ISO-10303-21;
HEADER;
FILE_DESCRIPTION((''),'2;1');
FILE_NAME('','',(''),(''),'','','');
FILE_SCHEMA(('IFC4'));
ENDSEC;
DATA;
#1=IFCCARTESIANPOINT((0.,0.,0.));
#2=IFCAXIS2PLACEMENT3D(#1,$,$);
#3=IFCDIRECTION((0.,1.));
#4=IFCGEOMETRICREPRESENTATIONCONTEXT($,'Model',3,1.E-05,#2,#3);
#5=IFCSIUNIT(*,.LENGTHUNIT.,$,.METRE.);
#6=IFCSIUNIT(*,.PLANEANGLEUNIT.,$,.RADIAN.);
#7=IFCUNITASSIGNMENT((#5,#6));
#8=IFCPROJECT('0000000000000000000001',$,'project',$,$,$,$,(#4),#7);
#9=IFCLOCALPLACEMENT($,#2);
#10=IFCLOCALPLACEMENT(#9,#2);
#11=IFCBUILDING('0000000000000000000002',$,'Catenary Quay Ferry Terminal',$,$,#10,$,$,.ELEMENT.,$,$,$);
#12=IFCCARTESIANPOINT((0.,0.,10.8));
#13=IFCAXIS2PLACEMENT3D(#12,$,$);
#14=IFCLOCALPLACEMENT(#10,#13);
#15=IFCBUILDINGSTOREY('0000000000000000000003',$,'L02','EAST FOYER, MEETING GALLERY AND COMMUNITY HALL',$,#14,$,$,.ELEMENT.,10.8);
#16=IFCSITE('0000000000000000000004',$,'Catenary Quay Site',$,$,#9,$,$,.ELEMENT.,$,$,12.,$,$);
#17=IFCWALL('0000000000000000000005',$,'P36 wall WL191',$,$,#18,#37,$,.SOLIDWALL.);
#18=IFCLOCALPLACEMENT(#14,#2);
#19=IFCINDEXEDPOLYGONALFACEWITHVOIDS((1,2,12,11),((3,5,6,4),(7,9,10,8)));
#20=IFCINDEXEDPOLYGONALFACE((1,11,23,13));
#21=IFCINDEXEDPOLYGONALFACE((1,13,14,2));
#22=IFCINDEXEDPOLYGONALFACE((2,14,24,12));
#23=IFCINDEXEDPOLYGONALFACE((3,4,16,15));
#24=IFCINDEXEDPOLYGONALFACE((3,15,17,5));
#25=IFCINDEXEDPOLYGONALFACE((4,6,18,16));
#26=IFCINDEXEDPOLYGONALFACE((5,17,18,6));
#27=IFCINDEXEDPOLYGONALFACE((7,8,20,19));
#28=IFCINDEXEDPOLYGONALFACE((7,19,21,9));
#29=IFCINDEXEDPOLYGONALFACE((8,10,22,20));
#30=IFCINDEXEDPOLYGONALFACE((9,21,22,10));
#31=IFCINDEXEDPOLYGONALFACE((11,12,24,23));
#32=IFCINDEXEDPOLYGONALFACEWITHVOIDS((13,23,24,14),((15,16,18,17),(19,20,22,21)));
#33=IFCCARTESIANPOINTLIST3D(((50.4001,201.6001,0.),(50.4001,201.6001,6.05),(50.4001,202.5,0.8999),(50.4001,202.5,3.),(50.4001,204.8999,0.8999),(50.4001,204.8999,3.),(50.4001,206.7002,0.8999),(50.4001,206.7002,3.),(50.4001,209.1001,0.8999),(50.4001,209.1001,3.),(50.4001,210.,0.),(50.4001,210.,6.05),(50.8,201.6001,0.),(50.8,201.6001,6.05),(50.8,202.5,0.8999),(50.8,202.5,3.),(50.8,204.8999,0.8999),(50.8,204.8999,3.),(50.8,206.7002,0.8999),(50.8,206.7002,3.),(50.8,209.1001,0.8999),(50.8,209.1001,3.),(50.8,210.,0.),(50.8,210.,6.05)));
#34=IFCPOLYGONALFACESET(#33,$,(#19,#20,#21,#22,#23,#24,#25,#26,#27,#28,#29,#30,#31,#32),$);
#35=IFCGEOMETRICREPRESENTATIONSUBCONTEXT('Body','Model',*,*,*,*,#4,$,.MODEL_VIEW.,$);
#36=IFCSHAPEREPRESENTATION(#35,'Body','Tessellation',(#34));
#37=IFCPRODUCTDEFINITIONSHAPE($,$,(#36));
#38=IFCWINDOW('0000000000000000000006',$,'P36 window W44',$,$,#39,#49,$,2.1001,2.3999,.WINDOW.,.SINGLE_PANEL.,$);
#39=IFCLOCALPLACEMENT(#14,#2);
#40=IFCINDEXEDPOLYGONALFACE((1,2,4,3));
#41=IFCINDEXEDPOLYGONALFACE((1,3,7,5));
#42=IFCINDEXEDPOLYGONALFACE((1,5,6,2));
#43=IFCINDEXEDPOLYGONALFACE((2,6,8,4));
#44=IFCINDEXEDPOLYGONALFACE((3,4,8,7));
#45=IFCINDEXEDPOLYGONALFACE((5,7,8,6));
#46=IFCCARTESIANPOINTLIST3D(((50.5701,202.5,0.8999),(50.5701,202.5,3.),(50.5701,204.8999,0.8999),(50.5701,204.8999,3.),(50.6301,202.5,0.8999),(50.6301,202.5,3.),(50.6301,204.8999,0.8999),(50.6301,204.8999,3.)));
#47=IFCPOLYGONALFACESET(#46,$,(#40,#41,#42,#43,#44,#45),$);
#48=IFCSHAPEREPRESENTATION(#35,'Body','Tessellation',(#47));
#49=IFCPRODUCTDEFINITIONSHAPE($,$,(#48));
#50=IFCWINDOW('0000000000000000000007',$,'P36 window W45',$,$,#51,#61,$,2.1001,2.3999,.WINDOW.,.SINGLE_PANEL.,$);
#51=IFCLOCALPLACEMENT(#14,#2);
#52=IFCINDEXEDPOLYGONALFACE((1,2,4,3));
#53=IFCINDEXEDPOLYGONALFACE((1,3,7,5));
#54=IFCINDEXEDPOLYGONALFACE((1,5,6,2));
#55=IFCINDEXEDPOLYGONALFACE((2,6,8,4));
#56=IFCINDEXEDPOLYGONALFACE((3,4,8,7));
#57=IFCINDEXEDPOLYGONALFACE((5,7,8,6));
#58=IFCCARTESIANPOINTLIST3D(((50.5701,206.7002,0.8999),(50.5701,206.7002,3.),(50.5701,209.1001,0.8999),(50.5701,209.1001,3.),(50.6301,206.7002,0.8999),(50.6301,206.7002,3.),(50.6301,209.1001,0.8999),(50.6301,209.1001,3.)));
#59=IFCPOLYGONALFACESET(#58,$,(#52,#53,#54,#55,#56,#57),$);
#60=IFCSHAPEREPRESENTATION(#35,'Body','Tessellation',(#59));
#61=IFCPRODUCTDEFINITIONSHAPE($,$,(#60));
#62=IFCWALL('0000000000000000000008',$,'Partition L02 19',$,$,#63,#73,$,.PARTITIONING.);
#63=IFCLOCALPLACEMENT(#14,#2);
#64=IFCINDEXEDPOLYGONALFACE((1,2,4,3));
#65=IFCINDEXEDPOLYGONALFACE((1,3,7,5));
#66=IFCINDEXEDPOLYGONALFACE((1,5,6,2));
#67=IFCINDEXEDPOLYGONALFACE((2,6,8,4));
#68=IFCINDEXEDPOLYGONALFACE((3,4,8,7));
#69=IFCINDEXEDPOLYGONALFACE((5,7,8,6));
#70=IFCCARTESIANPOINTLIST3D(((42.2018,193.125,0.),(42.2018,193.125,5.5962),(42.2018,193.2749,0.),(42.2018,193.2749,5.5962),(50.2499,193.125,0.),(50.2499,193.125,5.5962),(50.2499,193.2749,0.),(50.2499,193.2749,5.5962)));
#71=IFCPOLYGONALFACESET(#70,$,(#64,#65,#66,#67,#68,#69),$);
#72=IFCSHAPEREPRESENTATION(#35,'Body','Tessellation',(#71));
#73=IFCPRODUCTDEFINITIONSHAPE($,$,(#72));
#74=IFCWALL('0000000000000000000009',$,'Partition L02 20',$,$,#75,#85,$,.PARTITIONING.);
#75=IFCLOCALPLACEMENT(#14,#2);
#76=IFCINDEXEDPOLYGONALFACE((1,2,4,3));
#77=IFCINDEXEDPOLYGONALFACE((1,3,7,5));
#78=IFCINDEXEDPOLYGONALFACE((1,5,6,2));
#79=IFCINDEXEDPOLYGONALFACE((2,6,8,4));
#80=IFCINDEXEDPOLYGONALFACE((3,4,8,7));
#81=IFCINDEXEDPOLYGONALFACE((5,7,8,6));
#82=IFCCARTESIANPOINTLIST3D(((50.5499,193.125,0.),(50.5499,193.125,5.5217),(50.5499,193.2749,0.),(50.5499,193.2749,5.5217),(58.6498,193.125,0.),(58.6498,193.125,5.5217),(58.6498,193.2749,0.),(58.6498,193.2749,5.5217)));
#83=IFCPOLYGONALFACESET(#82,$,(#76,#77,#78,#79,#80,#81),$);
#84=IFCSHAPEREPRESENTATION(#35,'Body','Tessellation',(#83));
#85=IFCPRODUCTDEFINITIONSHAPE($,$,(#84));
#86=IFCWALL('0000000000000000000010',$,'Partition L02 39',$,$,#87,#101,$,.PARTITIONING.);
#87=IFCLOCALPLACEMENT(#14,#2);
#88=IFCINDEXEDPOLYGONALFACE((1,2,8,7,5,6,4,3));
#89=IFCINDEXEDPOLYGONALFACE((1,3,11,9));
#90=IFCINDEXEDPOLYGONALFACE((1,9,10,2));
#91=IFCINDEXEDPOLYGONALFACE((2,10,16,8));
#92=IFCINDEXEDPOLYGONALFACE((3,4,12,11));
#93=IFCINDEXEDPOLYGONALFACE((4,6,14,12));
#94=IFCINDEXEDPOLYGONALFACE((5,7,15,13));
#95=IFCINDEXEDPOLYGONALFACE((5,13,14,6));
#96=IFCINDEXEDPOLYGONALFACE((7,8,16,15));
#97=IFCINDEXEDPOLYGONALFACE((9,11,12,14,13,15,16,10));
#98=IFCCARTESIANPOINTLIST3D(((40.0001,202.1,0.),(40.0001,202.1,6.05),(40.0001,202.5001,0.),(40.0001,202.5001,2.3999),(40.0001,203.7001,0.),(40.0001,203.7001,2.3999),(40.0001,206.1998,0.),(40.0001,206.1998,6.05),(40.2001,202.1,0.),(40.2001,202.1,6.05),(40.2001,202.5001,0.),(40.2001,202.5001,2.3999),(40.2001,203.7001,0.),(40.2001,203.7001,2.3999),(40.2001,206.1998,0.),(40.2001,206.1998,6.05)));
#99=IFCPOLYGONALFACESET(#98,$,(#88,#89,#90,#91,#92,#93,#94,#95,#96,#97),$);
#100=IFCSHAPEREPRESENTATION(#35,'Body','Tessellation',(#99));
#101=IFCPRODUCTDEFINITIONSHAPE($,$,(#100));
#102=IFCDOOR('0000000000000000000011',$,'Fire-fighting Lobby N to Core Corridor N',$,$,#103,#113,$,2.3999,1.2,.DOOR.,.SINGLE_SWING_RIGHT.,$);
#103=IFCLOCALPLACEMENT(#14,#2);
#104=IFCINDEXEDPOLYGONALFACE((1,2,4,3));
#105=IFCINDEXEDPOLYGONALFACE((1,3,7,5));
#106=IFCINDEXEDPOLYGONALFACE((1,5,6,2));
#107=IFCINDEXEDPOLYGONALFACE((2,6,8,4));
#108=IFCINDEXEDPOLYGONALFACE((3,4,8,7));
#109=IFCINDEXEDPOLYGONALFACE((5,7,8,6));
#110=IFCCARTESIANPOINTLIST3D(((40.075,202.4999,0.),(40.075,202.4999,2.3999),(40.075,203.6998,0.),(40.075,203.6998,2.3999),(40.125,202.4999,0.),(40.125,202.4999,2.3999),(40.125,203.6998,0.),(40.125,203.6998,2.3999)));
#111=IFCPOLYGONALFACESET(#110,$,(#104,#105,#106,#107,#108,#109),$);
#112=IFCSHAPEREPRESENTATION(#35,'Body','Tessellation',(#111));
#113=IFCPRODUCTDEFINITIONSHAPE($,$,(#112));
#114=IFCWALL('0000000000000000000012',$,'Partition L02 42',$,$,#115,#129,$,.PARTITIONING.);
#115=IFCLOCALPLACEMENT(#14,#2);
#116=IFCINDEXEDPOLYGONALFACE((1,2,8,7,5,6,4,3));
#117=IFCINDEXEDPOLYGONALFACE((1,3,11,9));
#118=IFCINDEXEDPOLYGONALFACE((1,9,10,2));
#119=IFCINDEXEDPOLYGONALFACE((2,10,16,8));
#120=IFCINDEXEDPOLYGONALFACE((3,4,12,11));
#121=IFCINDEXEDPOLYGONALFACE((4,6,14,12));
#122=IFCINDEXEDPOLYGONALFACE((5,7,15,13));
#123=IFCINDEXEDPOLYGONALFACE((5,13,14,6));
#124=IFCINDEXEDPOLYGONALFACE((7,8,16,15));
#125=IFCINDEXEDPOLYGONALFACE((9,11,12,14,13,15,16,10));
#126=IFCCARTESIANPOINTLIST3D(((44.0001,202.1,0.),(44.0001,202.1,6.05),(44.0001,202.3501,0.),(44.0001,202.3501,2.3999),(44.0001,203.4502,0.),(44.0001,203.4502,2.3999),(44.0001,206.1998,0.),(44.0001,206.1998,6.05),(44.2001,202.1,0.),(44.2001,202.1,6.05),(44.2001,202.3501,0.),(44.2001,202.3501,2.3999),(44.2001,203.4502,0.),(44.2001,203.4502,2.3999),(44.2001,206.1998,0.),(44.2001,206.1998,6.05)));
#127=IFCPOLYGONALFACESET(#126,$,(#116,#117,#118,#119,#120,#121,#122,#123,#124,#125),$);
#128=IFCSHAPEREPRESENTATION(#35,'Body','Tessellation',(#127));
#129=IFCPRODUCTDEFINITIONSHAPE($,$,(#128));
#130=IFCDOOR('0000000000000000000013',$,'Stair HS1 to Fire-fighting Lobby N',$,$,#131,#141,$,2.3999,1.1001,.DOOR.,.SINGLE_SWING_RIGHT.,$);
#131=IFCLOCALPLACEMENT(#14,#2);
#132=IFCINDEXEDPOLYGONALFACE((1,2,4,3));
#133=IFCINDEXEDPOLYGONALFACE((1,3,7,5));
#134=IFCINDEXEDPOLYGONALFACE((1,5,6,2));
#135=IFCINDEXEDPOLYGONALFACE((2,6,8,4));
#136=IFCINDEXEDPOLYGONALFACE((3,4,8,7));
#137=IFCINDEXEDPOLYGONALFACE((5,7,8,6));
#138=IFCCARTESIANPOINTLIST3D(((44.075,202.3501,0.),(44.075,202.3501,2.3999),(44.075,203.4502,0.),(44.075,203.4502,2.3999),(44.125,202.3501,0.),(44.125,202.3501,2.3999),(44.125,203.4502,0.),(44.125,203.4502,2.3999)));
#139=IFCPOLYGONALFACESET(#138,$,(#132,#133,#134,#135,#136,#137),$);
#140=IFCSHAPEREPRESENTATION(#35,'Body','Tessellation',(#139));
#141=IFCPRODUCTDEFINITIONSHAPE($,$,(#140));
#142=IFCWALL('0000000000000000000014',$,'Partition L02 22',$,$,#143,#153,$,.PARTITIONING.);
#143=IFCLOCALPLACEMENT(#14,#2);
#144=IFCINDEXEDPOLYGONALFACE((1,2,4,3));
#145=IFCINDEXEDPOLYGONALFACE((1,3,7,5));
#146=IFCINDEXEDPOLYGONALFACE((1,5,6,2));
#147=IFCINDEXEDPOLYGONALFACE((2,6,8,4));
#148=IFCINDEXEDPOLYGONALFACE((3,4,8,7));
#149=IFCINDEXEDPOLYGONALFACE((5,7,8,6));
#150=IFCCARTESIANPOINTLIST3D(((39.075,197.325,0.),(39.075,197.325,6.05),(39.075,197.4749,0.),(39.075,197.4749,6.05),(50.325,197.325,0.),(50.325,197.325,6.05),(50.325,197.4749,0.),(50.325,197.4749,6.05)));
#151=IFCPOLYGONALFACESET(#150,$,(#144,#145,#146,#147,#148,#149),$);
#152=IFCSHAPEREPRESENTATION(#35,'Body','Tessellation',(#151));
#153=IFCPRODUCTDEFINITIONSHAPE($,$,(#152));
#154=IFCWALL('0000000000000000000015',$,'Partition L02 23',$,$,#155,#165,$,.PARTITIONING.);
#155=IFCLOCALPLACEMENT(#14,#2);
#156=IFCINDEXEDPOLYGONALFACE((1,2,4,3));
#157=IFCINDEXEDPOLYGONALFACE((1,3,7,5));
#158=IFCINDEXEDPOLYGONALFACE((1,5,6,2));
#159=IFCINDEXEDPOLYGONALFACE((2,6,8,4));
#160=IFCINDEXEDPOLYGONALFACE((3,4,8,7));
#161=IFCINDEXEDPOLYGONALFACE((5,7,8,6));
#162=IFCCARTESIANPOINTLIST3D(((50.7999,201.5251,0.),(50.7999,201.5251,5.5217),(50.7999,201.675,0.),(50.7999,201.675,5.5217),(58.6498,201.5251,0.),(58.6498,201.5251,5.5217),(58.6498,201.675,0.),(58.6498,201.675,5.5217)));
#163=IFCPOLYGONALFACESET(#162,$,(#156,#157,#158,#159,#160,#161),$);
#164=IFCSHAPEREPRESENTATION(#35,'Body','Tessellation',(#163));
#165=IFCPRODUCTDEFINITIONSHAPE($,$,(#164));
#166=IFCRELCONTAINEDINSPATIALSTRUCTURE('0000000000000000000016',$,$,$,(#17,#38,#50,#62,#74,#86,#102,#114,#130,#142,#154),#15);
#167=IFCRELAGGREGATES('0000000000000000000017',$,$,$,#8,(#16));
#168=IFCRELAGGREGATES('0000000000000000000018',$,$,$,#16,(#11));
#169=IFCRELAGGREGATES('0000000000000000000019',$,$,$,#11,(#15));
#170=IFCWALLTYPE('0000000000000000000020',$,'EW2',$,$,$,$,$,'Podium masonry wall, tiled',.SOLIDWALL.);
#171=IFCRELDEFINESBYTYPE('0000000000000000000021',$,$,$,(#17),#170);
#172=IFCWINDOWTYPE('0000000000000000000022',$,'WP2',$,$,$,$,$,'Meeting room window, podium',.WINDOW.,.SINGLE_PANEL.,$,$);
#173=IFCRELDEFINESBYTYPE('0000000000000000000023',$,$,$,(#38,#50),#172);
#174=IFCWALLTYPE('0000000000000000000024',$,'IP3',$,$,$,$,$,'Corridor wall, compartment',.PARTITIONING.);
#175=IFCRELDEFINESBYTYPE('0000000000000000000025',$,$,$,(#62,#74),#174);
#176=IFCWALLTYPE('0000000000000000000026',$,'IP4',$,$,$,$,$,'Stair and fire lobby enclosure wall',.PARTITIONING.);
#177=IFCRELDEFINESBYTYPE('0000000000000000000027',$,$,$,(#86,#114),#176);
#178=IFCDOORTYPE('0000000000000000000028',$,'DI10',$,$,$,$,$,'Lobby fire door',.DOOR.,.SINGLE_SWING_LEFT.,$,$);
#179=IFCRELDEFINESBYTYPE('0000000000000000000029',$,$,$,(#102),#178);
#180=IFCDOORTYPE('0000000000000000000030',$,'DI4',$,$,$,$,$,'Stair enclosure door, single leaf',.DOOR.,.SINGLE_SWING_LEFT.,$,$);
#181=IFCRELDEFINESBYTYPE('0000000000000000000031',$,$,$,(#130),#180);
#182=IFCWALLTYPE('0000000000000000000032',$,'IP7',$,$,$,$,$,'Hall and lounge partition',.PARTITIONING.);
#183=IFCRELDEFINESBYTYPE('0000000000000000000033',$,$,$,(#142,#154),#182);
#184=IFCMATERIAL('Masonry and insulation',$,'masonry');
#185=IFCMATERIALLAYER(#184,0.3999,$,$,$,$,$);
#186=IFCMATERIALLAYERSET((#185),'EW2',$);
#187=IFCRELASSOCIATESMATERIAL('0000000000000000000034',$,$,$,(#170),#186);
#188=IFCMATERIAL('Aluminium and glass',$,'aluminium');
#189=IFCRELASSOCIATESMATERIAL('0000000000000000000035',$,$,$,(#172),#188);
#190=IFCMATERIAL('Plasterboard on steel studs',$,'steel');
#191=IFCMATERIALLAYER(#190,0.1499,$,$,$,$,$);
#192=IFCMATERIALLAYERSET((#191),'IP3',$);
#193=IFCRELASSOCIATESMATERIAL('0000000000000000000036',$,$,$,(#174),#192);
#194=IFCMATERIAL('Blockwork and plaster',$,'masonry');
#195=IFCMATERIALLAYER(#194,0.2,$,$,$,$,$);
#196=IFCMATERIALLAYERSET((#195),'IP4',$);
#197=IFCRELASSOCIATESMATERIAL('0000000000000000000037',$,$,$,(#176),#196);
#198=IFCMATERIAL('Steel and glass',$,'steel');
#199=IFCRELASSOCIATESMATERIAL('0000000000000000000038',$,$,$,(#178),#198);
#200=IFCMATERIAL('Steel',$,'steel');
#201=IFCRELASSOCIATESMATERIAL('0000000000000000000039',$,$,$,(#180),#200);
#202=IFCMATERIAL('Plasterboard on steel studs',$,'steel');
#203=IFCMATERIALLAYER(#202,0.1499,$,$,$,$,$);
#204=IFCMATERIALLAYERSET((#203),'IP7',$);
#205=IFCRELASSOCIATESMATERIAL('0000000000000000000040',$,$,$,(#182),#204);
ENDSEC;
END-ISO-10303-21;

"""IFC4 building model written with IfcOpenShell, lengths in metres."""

from ifc_helpers import new_model, si_unit, direction, frame, frame_2d, origin, place, context, subcontext, project, spatial, rectangle, extrude, material, layer, layer_set, type_object, element, fill, save


model = new_model("IFC4")

# Units and contexts
model_context = context("Model", 3, precision=1e-05, world=origin(), true_north=direction((0.0, 1.0)))
body_context = subcontext(model_context, "Body", "Model", "MODEL_VIEW")
ifc_project = project(units=[si_unit("LENGTHUNIT", "METRE"), si_unit("PLANEANGLEUNIT", "RADIAN")], contexts=[model_context])

# Site, building, storey
site_placement = place(None, origin())
site = spatial("IfcSite", under=ifc_project, at=site_placement, Name="Catenary Quay Site", CompositionType="ELEMENT", RefElevation=12.0)
building_placement = place(site_placement, origin())
building = spatial("IfcBuilding", under=site, at=building_placement, Name="Catenary Quay Ferry Terminal", CompositionType="ELEMENT")
storey_placement = place(building_placement, frame((0.0, 0.0, 10.8)))
storey = spatial("IfcBuildingStorey", under=building, at=storey_placement, Name="L02", Description="EAST FOYER, MEETING GALLERY AND COMMUNITY HALL", CompositionType="ELEMENT", Elevation=10.8)

# Wall, openings, windows
ifc_material_1 = material(Name="Masonry and insulation", Category="masonry")
ifc_layer_1 = layer(ifc_material_1, 0.3999)
ifc_layer_set_1 = layer_set([ifc_layer_1], Name="EW2")
wall_type_1 = type_object("IfcWallType", Name="EW2", ElementType="Podium masonry wall, tiled", PredefinedType="SOLIDWALL", material=ifc_layer_set_1)
wall_1_placement = place(storey_placement, frame((50.6001, 201.6001, 0.0), z_axis=(0.0, 0.0, 1.0), x_axis=(0.0, 1.0, 0.0)))
wall_1 = element("IfcWall", 1, at=wall_1_placement, inside=storey, type_object=wall_type_1, Name="P36 wall WL191", PredefinedType="SOLIDWALL", context=body_context, shape_type="SweptSolid", body=[
    extrude(rectangle(XDim=8.3999, YDim=0.3999, at=frame_2d((4.2, 0.0))), origin(), (0.0, 0.0, 1.0), 6.05),
])
opening_1_placement = place(wall_1_placement, frame((0.8999, 0.0, 0.8999)))
opening_1 = element("IfcOpeningElement", 2, at=opening_1_placement, cuts=wall_1, PredefinedType="OPENING", context=body_context, shape_type="SweptSolid", body=[
    extrude(rectangle(XDim=2.3999, YDim=2.1001, at=frame_2d((1.2, 1.05))), frame((0.0, 0.21, 0.0), z_axis=(0.0, -1.0, 0.0), x_axis=(1.0, 0.0, 0.0)), (0.0, 0.0, 1.0), 0.4199),
])
opening_2_placement = place(wall_1_placement, frame((5.1001, 0.0, 0.8999)))
opening_2 = element("IfcOpeningElement", 3, at=opening_2_placement, cuts=wall_1, PredefinedType="OPENING", context=body_context, shape_type="SweptSolid", body=[
    extrude(rectangle(XDim=2.3999, YDim=2.1001, at=frame_2d((1.2, 1.05))), frame((0.0, 0.21, 0.0), z_axis=(0.0, -1.0, 0.0), x_axis=(1.0, 0.0, 0.0)), (0.0, 0.0, 1.0), 0.4199),
])
ifc_material_2 = material(Name="Aluminium and glass", Category="aluminium")
window_type = type_object("IfcWindowType", Name="WP2", ElementType="Meeting room window, podium", PartitioningType="SINGLE_PANEL", PredefinedType="WINDOW", material=ifc_material_2)
window_1_placement = place(opening_1_placement, origin())
window_1 = element("IfcWindow", 4, at=window_1_placement, inside=storey, type_object=window_type, Name="P36 window W44", OverallHeight=2.1001, OverallWidth=2.3999, PartitioningType="SINGLE_PANEL", PredefinedType="WINDOW", context=body_context, shape_type="SweptSolid", body=[
    extrude(rectangle(XDim=2.3999, YDim=2.1001, at=frame_2d((1.2, 1.05))), frame((0.0, 0.03, 0.0), z_axis=(0.0, -1.0, 0.0), x_axis=(1.0, 0.0, 0.0)), (0.0, 0.0, 1.0), 0.0601),
])
fill(opening_1, window_1)
window_2_placement = place(opening_2_placement, origin())
window_2 = element("IfcWindow", 5, at=window_2_placement, inside=storey, type_object=window_type, Name="P36 window W45", OverallHeight=2.1001, OverallWidth=2.3999, PartitioningType="SINGLE_PANEL", PredefinedType="WINDOW", context=body_context, shape_type="SweptSolid", body=[
    extrude(rectangle(XDim=2.3999, YDim=2.1001, at=frame_2d((1.2, 1.05))), frame((0.0, 0.03, 0.0), z_axis=(0.0, -1.0, 0.0), x_axis=(1.0, 0.0, 0.0)), (0.0, 0.0, 1.0), 0.0601),
])
fill(opening_2, window_2)

# Walls
ifc_material_3 = material(Name="Plasterboard on steel studs", Category="steel")
ifc_layer_2 = layer(ifc_material_3, 0.1499)
ifc_layer_set_2 = layer_set([ifc_layer_2], Name="IP3")
wall_type_2 = type_object("IfcWallType", Name="IP3", ElementType="Corridor wall, compartment", PredefinedType="PARTITIONING", material=ifc_layer_set_2)
wall_2_placement = place(storey_placement, frame((42.2019, 193.2, 0.0), z_axis=(0.0, 0.0, 1.0), x_axis=(1.0, 0.0, 0.0)))
element("IfcWall", 6, at=wall_2_placement, inside=storey, type_object=wall_type_2, Name="Partition L02 19", PredefinedType="PARTITIONING", context=body_context, shape_type="SweptSolid", body=[
    extrude(rectangle(XDim=8.0481, YDim=0.1499, at=frame_2d((4.0239, 0.0))), origin(), (0.0, 0.0, 1.0), 5.5962),
])
wall_3_placement = place(storey_placement, frame((50.55, 193.2, 0.0), z_axis=(0.0, 0.0, 1.0), x_axis=(1.0, 0.0, 0.0)))
element("IfcWall", 7, at=wall_3_placement, inside=storey, type_object=wall_type_2, Name="Partition L02 20", PredefinedType="PARTITIONING", context=body_context, shape_type="SweptSolid", body=[
    extrude(rectangle(XDim=8.0999, YDim=0.1499, at=frame_2d((4.0498, 0.0))), origin(), (0.0, 0.0, 1.0), 5.5217),
])

# Walls, openings, doors
ifc_material_4 = material(Name="Blockwork and plaster", Category="masonry")
ifc_layer_3 = layer(ifc_material_4, 0.2)
ifc_layer_set_3 = layer_set([ifc_layer_3], Name="IP4")
wall_type_3 = type_object("IfcWallType", Name="IP4", ElementType="Stair and fire lobby enclosure wall", PredefinedType="PARTITIONING", material=ifc_layer_set_3)
wall_4_placement = place(storey_placement, frame((40.1001, 202.1001, 0.0), z_axis=(0.0, 0.0, 1.0), x_axis=(0.0, 1.0, 0.0)))
wall_4 = element("IfcWall", 8, at=wall_4_placement, inside=storey, type_object=wall_type_3, Name="Partition L02 39", PredefinedType="PARTITIONING", context=body_context, shape_type="SweptSolid", body=[
    extrude(rectangle(XDim=4.0999, YDim=0.2, at=frame_2d((2.0498, 0.0))), origin(), (0.0, 0.0, 1.0), 6.05),
])
opening_3_placement = place(wall_4_placement, frame((0.3999, 0.0, 0.0)))
opening_3 = element("IfcOpeningElement", 9, at=opening_3_placement, cuts=wall_4, PredefinedType="OPENING", context=body_context, shape_type="SweptSolid", body=[
    extrude(rectangle(XDim=1.2, YDim=2.3999, at=frame_2d((0.6001, 1.2))), frame((0.0, 0.1099, 0.0), z_axis=(0.0, -1.0, 0.0), x_axis=(1.0, 0.0, 0.0)), (0.0, 0.0, 1.0), 0.22),
])
ifc_material_5 = material(Name="Steel and glass", Category="steel")
door_type_1 = type_object("IfcDoorType", Name="DI10", ElementType="Lobby fire door", OperationType="SINGLE_SWING_LEFT", PredefinedType="DOOR", material=ifc_material_5)
door_1_placement = place(opening_3_placement, frame((1.2, 0.0, 0.0), z_axis=(0.0, 0.0, 1.0), x_axis=(-1.0, 0.0, 0.0)))
door_1 = element("IfcDoor", 10, at=door_1_placement, inside=storey, type_object=door_type_1, Name="Fire-fighting Lobby N to Core Corridor N", OperationType="SINGLE_SWING_RIGHT", OverallHeight=2.3999, OverallWidth=1.2, PredefinedType="DOOR", context=body_context, shape_type="SweptSolid", body=[
    extrude(rectangle(XDim=1.2, YDim=2.3999, at=frame_2d((0.6001, 1.2))), frame((0.0, 0.0249, 0.0), z_axis=(0.0, -1.0, 0.0), x_axis=(1.0, 0.0, 0.0)), (0.0, 0.0, 1.0), 0.05),
])
fill(opening_3, door_1)
wall_5_placement = place(storey_placement, frame((44.1001, 202.1001, 0.0), z_axis=(0.0, 0.0, 1.0), x_axis=(0.0, 1.0, 0.0)))
wall_5 = element("IfcWall", 11, at=wall_5_placement, inside=storey, type_object=wall_type_3, Name="Partition L02 42", PredefinedType="PARTITIONING", context=body_context, shape_type="SweptSolid", body=[
    extrude(rectangle(XDim=4.0999, YDim=0.2, at=frame_2d((2.0498, 0.0))), origin(), (0.0, 0.0, 1.0), 6.05),
])
opening_4_placement = place(wall_5_placement, frame((0.25, 0.0, 0.0)))
opening_4 = element("IfcOpeningElement", 12, at=opening_4_placement, cuts=wall_5, PredefinedType="OPENING", context=body_context, shape_type="SweptSolid", body=[
    extrude(rectangle(XDim=1.1001, YDim=2.3999, at=frame_2d((0.55, 1.2))), frame((0.0, 0.1099, 0.0), z_axis=(0.0, -1.0, 0.0), x_axis=(1.0, 0.0, 0.0)), (0.0, 0.0, 1.0), 0.22),
])
ifc_material_6 = material(Name="Steel", Category="steel")
door_type_2 = type_object("IfcDoorType", Name="DI4", ElementType="Stair enclosure door, single leaf", OperationType="SINGLE_SWING_LEFT", PredefinedType="DOOR", material=ifc_material_6)
door_2_placement = place(opening_4_placement, frame((1.1001, 0.0, 0.0), z_axis=(0.0, 0.0, 1.0), x_axis=(-1.0, 0.0, 0.0)))
door_2 = element("IfcDoor", 13, at=door_2_placement, inside=storey, type_object=door_type_2, Name="Stair HS1 to Fire-fighting Lobby N", OperationType="SINGLE_SWING_RIGHT", OverallHeight=2.3999, OverallWidth=1.1001, PredefinedType="DOOR", context=body_context, shape_type="SweptSolid", body=[
    extrude(rectangle(XDim=1.1001, YDim=2.3999, at=frame_2d((0.55, 1.2))), frame((0.0, 0.0249, 0.0), z_axis=(0.0, -1.0, 0.0), x_axis=(1.0, 0.0, 0.0)), (0.0, 0.0, 1.0), 0.05),
])
fill(opening_4, door_2)

# Walls
ifc_material_7 = material(Name="Plasterboard on steel studs", Category="steel")
ifc_layer_4 = layer(ifc_material_7, 0.1499)
ifc_layer_set_4 = layer_set([ifc_layer_4], Name="IP7")
wall_type_4 = type_object("IfcWallType", Name="IP7", ElementType="Hall and lounge partition", PredefinedType="PARTITIONING", material=ifc_layer_set_4)
wall_6_placement = place(storey_placement, frame((39.075, 197.3999, 0.0), z_axis=(0.0, 0.0, 1.0), x_axis=(1.0, 0.0, 0.0)))
element("IfcWall", 14, at=wall_6_placement, inside=storey, type_object=wall_type_4, Name="Partition L02 22", PredefinedType="PARTITIONING", context=body_context, shape_type="SweptSolid", body=[
    extrude(rectangle(XDim=11.25, YDim=0.1499, at=frame_2d((5.625, 0.0))), origin(), (0.0, 0.0, 1.0), 6.05),
])
wall_7_placement = place(storey_placement, frame((50.8, 201.6001, 0.0), z_axis=(0.0, 0.0, 1.0), x_axis=(1.0, 0.0, 0.0)))
element("IfcWall", 15, at=wall_7_placement, inside=storey, type_object=wall_type_4, Name="Partition L02 23", PredefinedType="PARTITIONING", context=body_context, shape_type="SweptSolid", body=[
    extrude(rectangle(XDim=7.8499, YDim=0.1499, at=frame_2d((3.9248, 0.0))), origin(), (0.0, 0.0, 1.0), 5.5217),
])

save(model, "model.ifc")
